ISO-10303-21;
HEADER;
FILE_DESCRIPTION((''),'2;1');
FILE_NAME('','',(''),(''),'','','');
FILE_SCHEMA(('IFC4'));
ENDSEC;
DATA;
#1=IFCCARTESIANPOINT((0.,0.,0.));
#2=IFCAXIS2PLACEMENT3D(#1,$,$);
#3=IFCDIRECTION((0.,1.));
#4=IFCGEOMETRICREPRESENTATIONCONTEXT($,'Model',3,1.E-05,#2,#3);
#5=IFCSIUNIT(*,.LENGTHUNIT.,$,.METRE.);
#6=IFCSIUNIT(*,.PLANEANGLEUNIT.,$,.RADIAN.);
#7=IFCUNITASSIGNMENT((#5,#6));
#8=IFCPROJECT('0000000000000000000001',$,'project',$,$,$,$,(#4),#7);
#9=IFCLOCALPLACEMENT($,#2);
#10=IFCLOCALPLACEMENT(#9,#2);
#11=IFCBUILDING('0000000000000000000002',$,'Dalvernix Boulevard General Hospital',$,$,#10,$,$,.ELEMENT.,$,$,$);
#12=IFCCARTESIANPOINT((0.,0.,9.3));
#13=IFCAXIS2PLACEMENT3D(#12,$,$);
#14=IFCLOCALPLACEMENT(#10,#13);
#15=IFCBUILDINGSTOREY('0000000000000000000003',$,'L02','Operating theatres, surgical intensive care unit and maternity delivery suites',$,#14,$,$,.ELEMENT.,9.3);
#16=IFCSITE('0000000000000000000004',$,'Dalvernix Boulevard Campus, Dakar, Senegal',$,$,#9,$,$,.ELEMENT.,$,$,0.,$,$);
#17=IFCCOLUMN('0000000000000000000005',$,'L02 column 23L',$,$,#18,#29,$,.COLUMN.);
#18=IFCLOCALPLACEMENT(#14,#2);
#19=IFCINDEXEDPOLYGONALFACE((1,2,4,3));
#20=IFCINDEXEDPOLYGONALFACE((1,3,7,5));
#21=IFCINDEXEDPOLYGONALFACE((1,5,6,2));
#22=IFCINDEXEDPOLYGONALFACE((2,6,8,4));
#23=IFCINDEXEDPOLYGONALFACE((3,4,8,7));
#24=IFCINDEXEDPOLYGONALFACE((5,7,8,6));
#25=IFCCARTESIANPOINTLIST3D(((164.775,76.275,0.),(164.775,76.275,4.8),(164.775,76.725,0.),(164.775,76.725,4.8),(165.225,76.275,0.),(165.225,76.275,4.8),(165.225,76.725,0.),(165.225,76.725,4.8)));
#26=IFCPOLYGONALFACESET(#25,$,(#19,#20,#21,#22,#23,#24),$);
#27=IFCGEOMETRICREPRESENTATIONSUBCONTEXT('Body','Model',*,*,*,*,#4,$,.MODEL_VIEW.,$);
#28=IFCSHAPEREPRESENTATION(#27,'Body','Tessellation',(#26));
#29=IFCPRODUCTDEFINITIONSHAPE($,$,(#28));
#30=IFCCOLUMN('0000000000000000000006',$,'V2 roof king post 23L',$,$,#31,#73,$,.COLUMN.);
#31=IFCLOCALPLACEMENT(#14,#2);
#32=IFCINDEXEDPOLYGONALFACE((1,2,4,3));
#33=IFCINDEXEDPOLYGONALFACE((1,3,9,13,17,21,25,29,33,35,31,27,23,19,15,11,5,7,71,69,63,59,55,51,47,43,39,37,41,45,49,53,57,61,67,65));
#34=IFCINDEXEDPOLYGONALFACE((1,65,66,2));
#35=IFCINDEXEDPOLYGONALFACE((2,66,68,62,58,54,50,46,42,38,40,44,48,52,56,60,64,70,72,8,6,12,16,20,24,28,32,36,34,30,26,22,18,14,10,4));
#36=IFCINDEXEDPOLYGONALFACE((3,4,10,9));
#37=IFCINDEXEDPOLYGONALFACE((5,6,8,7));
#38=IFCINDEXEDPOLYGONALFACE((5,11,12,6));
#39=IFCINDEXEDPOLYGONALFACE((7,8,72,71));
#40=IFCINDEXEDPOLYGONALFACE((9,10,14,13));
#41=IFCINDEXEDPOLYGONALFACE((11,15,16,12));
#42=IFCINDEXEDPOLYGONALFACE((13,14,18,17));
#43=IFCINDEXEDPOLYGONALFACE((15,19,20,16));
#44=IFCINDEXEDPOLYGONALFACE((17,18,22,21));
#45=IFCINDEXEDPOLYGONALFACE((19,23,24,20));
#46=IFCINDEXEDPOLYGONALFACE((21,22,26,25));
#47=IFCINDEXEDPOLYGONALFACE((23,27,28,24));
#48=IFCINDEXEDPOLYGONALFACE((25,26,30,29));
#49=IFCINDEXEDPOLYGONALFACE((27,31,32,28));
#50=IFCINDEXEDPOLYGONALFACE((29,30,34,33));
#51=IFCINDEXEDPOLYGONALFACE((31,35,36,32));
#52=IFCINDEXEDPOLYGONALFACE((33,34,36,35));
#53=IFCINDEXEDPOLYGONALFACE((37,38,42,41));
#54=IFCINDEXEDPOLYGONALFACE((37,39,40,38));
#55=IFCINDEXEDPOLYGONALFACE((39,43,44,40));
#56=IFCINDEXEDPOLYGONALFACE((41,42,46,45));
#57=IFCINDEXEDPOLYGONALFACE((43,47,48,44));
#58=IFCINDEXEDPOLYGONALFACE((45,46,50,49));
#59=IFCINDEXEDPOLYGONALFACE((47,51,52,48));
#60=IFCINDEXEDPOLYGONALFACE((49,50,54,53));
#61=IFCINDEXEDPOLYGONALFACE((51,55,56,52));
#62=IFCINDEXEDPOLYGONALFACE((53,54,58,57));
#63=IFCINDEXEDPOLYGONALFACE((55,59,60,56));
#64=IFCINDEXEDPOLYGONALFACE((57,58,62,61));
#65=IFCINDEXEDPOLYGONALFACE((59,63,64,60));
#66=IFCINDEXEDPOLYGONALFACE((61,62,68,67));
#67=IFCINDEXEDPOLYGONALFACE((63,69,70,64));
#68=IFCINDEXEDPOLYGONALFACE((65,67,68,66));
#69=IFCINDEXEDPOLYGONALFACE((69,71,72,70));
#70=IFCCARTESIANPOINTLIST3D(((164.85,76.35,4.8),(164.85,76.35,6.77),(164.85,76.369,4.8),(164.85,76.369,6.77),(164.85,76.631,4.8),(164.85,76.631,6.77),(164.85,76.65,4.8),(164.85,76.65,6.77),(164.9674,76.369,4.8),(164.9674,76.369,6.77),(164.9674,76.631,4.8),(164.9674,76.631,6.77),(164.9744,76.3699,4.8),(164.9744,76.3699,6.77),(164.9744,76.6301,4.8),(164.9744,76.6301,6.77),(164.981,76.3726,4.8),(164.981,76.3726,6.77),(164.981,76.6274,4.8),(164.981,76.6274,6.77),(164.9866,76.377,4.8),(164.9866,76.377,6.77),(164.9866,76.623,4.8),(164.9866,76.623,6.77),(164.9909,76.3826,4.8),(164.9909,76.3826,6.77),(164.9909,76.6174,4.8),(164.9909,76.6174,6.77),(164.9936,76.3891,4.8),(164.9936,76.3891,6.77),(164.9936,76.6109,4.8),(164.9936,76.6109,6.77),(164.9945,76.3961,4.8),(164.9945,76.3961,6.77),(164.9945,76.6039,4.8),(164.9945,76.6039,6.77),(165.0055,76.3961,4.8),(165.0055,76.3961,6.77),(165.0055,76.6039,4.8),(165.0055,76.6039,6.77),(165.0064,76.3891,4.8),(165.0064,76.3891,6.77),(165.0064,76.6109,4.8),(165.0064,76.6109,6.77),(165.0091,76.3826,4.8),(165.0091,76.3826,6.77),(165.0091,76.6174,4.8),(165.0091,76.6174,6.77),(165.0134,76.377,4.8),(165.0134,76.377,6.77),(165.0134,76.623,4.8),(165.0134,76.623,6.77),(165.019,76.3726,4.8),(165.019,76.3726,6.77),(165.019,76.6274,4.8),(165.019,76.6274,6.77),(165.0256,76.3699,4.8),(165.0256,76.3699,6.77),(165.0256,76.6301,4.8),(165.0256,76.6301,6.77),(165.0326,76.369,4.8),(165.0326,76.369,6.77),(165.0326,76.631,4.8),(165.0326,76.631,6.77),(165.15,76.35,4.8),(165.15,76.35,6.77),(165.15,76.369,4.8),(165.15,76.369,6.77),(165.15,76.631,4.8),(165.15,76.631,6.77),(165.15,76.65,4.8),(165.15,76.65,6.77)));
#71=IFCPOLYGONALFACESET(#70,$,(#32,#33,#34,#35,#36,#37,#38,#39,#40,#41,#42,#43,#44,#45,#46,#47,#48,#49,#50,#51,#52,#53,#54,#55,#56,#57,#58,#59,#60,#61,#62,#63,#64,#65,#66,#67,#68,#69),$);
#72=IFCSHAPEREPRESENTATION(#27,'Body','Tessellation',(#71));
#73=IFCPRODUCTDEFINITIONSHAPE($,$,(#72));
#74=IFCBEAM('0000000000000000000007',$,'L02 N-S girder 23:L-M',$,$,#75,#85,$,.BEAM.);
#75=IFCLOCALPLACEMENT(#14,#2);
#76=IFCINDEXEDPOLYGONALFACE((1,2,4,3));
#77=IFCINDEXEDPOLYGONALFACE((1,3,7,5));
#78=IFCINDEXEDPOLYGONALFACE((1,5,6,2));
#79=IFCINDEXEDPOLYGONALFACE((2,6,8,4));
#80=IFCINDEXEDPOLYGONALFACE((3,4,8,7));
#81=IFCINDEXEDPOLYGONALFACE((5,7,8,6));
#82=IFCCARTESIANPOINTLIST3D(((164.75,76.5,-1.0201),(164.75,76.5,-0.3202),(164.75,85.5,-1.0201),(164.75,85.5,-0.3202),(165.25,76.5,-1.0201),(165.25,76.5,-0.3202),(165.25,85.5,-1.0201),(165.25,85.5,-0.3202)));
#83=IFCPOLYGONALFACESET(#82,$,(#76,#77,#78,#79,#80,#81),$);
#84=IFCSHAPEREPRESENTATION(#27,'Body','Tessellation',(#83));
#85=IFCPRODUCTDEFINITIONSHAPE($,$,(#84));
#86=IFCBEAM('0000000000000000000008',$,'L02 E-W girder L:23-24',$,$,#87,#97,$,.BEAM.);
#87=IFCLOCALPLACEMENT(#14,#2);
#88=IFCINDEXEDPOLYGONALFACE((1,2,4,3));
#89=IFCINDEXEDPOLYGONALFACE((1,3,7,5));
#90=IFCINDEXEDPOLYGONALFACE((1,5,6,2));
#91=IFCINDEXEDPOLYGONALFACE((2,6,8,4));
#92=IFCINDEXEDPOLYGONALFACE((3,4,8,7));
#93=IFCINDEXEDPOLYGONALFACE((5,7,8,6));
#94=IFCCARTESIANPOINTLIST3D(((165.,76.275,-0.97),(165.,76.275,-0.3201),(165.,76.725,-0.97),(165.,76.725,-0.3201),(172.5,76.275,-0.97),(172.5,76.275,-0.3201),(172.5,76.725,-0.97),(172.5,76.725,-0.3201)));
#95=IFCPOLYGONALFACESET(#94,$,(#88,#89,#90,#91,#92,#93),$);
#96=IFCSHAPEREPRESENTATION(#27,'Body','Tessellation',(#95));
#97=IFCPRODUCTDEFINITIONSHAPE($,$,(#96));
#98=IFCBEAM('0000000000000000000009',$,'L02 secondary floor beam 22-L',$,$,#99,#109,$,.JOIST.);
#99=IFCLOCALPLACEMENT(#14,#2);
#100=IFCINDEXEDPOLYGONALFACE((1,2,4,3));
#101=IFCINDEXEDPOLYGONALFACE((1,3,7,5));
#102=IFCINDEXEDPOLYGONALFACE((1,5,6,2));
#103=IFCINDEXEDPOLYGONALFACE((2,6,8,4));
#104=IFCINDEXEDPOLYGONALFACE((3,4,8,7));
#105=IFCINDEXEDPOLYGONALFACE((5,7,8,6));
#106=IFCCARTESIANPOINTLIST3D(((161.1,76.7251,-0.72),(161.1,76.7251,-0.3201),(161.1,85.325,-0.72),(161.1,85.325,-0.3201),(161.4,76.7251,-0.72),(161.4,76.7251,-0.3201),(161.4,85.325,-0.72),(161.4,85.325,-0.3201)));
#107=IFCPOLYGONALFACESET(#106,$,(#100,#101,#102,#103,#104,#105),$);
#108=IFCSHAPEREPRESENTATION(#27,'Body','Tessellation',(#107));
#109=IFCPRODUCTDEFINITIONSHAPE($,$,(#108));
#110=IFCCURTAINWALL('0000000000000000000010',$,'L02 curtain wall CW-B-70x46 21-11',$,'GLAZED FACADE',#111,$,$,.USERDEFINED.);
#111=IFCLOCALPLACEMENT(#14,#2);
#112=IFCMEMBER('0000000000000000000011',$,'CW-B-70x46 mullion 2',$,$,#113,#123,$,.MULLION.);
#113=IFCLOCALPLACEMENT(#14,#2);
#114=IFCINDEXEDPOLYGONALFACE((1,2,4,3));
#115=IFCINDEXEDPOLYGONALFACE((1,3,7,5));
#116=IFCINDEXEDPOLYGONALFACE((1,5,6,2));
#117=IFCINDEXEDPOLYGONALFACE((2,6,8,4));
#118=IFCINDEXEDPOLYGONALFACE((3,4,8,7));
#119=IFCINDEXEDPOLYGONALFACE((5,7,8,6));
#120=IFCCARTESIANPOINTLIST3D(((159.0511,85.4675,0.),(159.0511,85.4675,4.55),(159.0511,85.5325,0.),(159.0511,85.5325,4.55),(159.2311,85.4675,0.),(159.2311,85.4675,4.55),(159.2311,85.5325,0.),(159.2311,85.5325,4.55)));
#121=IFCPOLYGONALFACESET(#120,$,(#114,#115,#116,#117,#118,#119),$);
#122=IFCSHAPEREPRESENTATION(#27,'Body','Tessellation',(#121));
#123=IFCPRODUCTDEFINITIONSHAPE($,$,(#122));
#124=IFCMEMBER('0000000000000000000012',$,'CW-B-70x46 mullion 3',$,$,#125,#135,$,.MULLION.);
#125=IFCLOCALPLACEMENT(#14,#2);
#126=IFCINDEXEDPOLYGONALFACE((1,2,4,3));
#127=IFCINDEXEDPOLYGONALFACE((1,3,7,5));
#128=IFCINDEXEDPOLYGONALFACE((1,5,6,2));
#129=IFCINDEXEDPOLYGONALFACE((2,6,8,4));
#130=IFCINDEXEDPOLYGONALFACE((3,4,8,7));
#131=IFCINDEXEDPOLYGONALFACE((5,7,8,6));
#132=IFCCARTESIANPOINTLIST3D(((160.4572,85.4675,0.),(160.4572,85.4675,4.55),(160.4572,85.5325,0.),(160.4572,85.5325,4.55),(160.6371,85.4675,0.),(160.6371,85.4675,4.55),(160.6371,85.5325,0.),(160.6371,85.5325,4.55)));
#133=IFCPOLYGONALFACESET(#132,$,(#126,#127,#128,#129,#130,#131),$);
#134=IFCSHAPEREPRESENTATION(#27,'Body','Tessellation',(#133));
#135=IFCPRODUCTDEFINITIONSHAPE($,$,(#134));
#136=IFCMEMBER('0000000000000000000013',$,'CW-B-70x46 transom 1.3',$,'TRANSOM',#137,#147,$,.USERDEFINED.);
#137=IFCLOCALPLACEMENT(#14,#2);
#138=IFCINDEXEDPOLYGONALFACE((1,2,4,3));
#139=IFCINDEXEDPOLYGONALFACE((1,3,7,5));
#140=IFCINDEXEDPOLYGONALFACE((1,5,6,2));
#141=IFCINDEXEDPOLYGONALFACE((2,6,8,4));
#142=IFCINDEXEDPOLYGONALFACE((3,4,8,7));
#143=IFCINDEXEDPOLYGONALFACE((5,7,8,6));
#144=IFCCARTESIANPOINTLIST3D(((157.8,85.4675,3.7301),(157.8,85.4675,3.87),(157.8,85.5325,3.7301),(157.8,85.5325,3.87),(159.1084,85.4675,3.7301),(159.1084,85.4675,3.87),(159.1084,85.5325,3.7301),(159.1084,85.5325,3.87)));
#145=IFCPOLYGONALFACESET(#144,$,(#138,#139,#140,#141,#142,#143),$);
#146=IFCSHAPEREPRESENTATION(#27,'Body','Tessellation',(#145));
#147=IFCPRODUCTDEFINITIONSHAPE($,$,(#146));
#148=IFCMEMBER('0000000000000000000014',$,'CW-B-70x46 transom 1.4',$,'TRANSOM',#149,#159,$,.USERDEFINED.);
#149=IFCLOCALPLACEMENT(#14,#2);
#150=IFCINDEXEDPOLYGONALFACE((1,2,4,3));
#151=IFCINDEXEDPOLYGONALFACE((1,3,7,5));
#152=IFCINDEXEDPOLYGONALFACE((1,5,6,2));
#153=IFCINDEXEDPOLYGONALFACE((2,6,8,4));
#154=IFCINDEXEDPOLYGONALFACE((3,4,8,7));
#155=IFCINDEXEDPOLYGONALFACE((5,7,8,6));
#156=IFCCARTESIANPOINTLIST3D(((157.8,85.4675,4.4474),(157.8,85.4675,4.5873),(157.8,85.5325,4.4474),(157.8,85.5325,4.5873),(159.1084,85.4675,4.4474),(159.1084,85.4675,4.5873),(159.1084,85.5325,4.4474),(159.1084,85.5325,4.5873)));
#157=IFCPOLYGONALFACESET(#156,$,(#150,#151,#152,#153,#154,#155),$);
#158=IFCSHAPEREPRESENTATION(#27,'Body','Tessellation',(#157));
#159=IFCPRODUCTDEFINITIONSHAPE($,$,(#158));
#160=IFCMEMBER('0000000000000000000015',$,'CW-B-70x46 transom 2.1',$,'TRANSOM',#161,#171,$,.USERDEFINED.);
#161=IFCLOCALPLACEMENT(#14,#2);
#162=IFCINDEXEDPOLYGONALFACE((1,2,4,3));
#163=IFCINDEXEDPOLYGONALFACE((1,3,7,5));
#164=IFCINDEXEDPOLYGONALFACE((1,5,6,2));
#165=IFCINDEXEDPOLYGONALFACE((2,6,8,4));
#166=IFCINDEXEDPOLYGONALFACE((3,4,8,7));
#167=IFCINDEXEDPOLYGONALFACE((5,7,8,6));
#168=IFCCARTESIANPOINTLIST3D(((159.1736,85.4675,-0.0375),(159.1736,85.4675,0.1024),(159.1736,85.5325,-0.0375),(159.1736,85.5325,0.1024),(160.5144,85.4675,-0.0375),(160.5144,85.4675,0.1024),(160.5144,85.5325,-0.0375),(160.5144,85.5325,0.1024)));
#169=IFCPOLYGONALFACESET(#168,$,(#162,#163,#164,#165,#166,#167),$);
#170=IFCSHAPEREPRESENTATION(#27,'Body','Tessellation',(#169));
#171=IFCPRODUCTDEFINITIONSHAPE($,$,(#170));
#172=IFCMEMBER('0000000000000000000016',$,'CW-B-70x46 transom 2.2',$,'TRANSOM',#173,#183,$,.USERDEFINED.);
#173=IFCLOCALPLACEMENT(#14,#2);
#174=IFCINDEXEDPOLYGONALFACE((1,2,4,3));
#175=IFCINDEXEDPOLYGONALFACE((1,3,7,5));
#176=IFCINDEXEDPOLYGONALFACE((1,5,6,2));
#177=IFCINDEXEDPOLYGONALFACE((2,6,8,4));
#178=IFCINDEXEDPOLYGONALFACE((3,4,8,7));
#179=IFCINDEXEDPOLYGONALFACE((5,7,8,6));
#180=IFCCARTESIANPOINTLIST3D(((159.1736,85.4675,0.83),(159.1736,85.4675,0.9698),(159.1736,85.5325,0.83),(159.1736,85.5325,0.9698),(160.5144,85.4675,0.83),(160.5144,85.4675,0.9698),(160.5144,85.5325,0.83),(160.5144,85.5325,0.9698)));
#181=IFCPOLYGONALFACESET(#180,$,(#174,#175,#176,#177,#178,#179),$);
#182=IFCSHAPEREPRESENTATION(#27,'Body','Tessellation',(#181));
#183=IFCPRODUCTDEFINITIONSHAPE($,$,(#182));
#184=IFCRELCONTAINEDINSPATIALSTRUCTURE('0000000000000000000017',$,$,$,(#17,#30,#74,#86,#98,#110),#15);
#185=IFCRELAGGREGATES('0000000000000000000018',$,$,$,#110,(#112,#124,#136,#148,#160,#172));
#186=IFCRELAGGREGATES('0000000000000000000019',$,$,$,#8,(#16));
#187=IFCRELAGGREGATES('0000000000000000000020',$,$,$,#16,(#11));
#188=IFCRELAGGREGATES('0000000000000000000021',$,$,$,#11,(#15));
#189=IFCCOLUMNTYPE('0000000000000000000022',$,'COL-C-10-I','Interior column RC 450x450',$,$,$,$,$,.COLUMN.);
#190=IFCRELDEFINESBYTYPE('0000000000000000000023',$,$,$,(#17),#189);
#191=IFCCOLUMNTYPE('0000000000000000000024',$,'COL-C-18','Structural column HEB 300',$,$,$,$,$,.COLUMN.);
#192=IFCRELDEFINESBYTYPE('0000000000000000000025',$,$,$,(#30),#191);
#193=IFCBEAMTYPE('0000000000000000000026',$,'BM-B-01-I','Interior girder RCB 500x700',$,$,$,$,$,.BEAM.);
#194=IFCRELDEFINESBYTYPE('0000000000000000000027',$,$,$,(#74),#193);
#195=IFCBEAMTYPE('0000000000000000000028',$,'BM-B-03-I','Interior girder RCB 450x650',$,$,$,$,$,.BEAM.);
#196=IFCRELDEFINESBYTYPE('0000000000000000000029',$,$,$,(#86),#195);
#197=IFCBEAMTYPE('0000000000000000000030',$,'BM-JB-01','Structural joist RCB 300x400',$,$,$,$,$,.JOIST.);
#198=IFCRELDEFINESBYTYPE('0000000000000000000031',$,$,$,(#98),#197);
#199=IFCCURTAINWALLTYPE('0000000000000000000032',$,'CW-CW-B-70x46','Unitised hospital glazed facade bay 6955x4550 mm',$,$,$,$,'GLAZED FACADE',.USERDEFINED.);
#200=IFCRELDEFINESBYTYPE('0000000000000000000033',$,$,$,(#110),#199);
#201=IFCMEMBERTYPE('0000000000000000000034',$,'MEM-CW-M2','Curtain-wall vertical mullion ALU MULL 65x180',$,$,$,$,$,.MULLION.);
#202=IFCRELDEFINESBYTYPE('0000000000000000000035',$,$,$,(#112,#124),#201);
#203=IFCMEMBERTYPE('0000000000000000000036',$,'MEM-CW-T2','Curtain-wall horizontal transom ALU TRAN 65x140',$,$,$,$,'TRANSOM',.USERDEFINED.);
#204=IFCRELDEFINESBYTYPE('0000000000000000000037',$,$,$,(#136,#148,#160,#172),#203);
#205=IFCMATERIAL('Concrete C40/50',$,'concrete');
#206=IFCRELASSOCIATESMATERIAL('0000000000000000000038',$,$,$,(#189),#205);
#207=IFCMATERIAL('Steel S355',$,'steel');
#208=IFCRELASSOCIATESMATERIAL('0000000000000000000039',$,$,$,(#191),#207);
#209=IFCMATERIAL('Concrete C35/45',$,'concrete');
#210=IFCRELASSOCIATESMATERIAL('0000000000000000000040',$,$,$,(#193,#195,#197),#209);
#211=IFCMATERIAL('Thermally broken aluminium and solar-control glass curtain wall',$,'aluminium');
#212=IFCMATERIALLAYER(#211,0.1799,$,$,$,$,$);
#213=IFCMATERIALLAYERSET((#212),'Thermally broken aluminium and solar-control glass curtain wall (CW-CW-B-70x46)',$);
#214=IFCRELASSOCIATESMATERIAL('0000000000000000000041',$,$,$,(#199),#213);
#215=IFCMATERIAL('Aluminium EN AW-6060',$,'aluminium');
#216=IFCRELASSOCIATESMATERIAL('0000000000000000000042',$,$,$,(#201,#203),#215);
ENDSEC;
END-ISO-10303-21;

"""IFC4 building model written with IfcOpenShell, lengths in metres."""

from ifc_helpers import new_model, si_unit, direction, frame, origin, origin_2d, place, context, subcontext, project, spatial, rectangle, i_section, extrude, material, layer, layer_set, material_profile, profile_set, type_object, element, aggregate, save


model = new_model("IFC4")

# Units and contexts
model_context = context("Model", 3, precision=1e-05, world=origin(), true_north=direction((0.0, 1.0)))
body_context = subcontext(model_context, "Body", "Model", "MODEL_VIEW")
ifc_project = project(units=[si_unit("LENGTHUNIT", "METRE"), si_unit("PLANEANGLEUNIT", "RADIAN")], contexts=[model_context])

# Site, building, storey
site_placement = place(None, origin())
site = spatial("IfcSite", under=ifc_project, at=site_placement, Name="Dalvernix Boulevard Campus, Dakar, Senegal", CompositionType="ELEMENT", RefElevation=0.0)
building_placement = place(site_placement, origin())
building = spatial("IfcBuilding", under=site, at=building_placement, Name="Dalvernix Boulevard General Hospital", CompositionType="ELEMENT")
storey_placement = place(building_placement, frame((0.0, 0.0, 9.3)))
storey = spatial("IfcBuildingStorey", under=building, at=storey_placement, Name="L02", Description="Operating theatres, surgical intensive care unit and maternity delivery suites", CompositionType="ELEMENT", Elevation=9.3)

# Columns
ifc_material_1 = material(Name="Concrete C40/50", Category="concrete")
ifc_material_profile_1 = material_profile(ifc_material_1, rectangle(XDim=0.45, YDim=0.45, at=origin_2d()), Name="RC 450x450")
ifc_profile_set_1 = profile_set([ifc_material_profile_1], Name="Concrete C40/50")
column_type_1 = type_object("IfcColumnType", Name="COL-C-10-I", Description="Interior column RC 450x450", PredefinedType="COLUMN", material=ifc_profile_set_1)
column_1_placement = place(storey_placement, frame((165.0, 76.5, 0.0), z_axis=(0.0, 0.0, 1.0), x_axis=(1.0, 0.0, 0.0)))
element("IfcColumn", 1, at=column_1_placement, inside=storey, type_object=column_type_1, Name="L02 column 23L", PredefinedType="COLUMN", context=body_context, shape_type="SweptSolid", body=[
    extrude(rectangle(XDim=0.45, YDim=0.45, at=origin_2d()), origin(), (0.0, 0.0, 1.0), 4.8),
])
ifc_material_2 = material(Name="Steel S355", Category="steel")
ifc_material_profile_2 = material_profile(ifc_material_2, i_section(OverallWidth=0.3, OverallDepth=0.3, WebThickness=0.011, FlangeThickness=0.019, FilletRadius=0.0271, at=origin_2d()), Name="HEB 300")
ifc_profile_set_2 = profile_set([ifc_material_profile_2], Name="Steel S355")
column_type_2 = type_object("IfcColumnType", Name="COL-C-18", Description="Structural column HEB 300", PredefinedType="COLUMN", material=ifc_profile_set_2)
column_2_placement = place(storey_placement, frame((165.0, 76.5, 4.8), z_axis=(0.0, 0.0, 1.0), x_axis=(1.0, 0.0, 0.0)))
element("IfcColumn", 2, at=column_2_placement, inside=storey, type_object=column_type_2, Name="V2 roof king post 23L", PredefinedType="COLUMN", context=body_context, shape_type="SweptSolid", body=[
    extrude(i_section(OverallWidth=0.3, OverallDepth=0.3, WebThickness=0.011, FlangeThickness=0.019, FilletRadius=0.0271, at=origin_2d()), origin(), (0.0, 0.0, 1.0), 1.97),
])

# Beams
ifc_material_3 = material(Name="Concrete C35/45", Category="concrete")
ifc_material_profile_3 = material_profile(ifc_material_3, rectangle(XDim=0.5, YDim=0.7, at=origin_2d()), Name="RCB 500x700")
ifc_profile_set_3 = profile_set([ifc_material_profile_3], Name="Concrete C35/45")
beam_type_1 = type_object("IfcBeamType", Name="BM-B-01-I", Description="Interior girder RCB 500x700", PredefinedType="BEAM", material=ifc_profile_set_3)
beam_1_placement = place(storey_placement, frame((165.0, 76.5, -0.6702), z_axis=(0.0, 1.0, 0.0), x_axis=(-1.0, 0.0, 0.0)))
element("IfcBeam", 3, at=beam_1_placement, inside=storey, type_object=beam_type_1, Name="L02 N-S girder 23:L-M", PredefinedType="BEAM", context=body_context, shape_type="SweptSolid", body=[
    extrude(rectangle(XDim=0.5, YDim=0.7, at=origin_2d()), origin(), (0.0, 0.0, 1.0), 9.0),
])
ifc_material_profile_4 = material_profile(ifc_material_3, rectangle(XDim=0.45, YDim=0.6499, at=origin_2d()), Name="RCB 450x650")
ifc_profile_set_4 = profile_set([ifc_material_profile_4], Name="Concrete C35/45")
beam_type_2 = type_object("IfcBeamType", Name="BM-B-03-I", Description="Interior girder RCB 450x650", PredefinedType="BEAM", material=ifc_profile_set_4)
beam_2_placement = place(storey_placement, frame((165.0, 76.5, -0.645), z_axis=(1.0, 0.0, 0.0), x_axis=(0.0, 1.0, 0.0)))
element("IfcBeam", 4, at=beam_2_placement, inside=storey, type_object=beam_type_2, Name="L02 E-W girder L:23-24", PredefinedType="BEAM", context=body_context, shape_type="SweptSolid", body=[
    extrude(rectangle(XDim=0.45, YDim=0.6499, at=origin_2d()), origin(), (0.0, 0.0, 1.0), 7.5),
])
ifc_material_profile_5 = material_profile(ifc_material_3, rectangle(XDim=0.3, YDim=0.3999, at=origin_2d()), Name="RCB 300x400")
ifc_profile_set_5 = profile_set([ifc_material_profile_5], Name="Concrete C35/45")
beam_type_3 = type_object("IfcBeamType", Name="BM-JB-01", Description="Structural joist RCB 300x400", PredefinedType="JOIST", material=ifc_profile_set_5)
beam_3_placement = place(storey_placement, frame((161.25, 76.7251, -0.52), z_axis=(0.0, 1.0, 0.0), x_axis=(-1.0, 0.0, 0.0)))
element("IfcBeam", 5, at=beam_3_placement, inside=storey, type_object=beam_type_3, Name="L02 secondary floor beam 22-L", PredefinedType="JOIST", context=body_context, shape_type="SweptSolid", body=[
    extrude(rectangle(XDim=0.3, YDim=0.3999, at=origin_2d()), origin(), (0.0, 0.0, 1.0), 8.5999),
])

# Curtain wall, members
ifc_material_4 = material(Name="Thermally broken aluminium and solar-control glass curtain wall", Category="aluminium")
ifc_layer_1 = layer(ifc_material_4, 0.1799)
ifc_layer_set_1 = layer_set([ifc_layer_1], Name="Thermally broken aluminium and solar-control glass curtain wall (CW-CW-B-70x46)")
curtain_wall_type = type_object("IfcCurtainWallType", Name="CW-CW-B-70x46", Description="Unitised hospital glazed facade bay 6955x4550 mm", ElementType="GLAZED FACADE", PredefinedType="USERDEFINED", material=ifc_layer_set_1)
curtain_wall_placement = place(storey_placement, origin())
curtain_wall = element("IfcCurtainWall", 6, at=curtain_wall_placement, inside=storey, type_object=curtain_wall_type, Name="L02 curtain wall CW-B-70x46 21-11", ObjectType="GLAZED FACADE", PredefinedType="USERDEFINED")
ifc_material_5 = material(Name="Aluminium EN AW-6060", Category="aluminium")
ifc_material_profile_6 = material_profile(ifc_material_5, rectangle(XDim=0.0649, YDim=0.1799, at=origin_2d()), Name="ALU MULL 65x180")
ifc_profile_set_6 = profile_set([ifc_material_profile_6], Name="Aluminium EN AW-6060")
member_type_1 = type_object("IfcMemberType", Name="MEM-CW-M2", Description="Curtain-wall vertical mullion ALU MULL 65x180", PredefinedType="MULLION", material=ifc_profile_set_6)
member_1_placement = place(storey_placement, frame((159.1411, 85.5, 0.0), z_axis=(0.0, 0.0, 1.0), x_axis=(0.0, 1.0, 0.0)))
member_1 = element("IfcMember", 7, at=member_1_placement, type_object=member_type_1, Name="CW-B-70x46 mullion 2", PredefinedType="MULLION", context=body_context, shape_type="SweptSolid", body=[
    extrude(rectangle(XDim=0.0649, YDim=0.1799, at=origin_2d()), origin(), (0.0, 0.0, 1.0), 4.55),
])
member_2_placement = place(storey_placement, frame((160.5471, 85.5, 0.0), z_axis=(0.0, 0.0, 1.0), x_axis=(0.0, 1.0, 0.0)))
member_2 = element("IfcMember", 8, at=member_2_placement, type_object=member_type_1, Name="CW-B-70x46 mullion 3", PredefinedType="MULLION", context=body_context, shape_type="SweptSolid", body=[
    extrude(rectangle(XDim=0.0649, YDim=0.1799, at=origin_2d()), origin(), (0.0, 0.0, 1.0), 4.55),
])
ifc_material_profile_7 = material_profile(ifc_material_5, rectangle(XDim=0.0649, YDim=0.1399, at=origin_2d()), Name="ALU TRAN 65x140")
ifc_profile_set_7 = profile_set([ifc_material_profile_7], Name="Aluminium EN AW-6060")
member_type_2 = type_object("IfcMemberType", Name="MEM-CW-T2", Description="Curtain-wall horizontal transom ALU TRAN 65x140", ElementType="TRANSOM", PredefinedType="USERDEFINED", material=ifc_profile_set_7)
member_3_placement = place(storey_placement, frame((157.8, 85.5, 3.8), z_axis=(1.0, 0.0, 0.0), x_axis=(0.0, 1.0, 0.0)))
member_3 = element("IfcMember", 9, at=member_3_placement, type_object=member_type_2, Name="CW-B-70x46 transom 1.3", ObjectType="TRANSOM", PredefinedType="USERDEFINED", context=body_context, shape_type="SweptSolid", body=[
    extrude(rectangle(XDim=0.0649, YDim=0.1399, at=origin_2d()), origin(), (0.0, 0.0, 1.0), 1.3083),
])
member_4_placement = place(storey_placement, frame((157.8, 85.5, 4.5173), z_axis=(1.0, 0.0, 0.0), x_axis=(0.0, 1.0, 0.0)))
member_4 = element("IfcMember", 10, at=member_4_placement, type_object=member_type_2, Name="CW-B-70x46 transom 1.4", ObjectType="TRANSOM", PredefinedType="USERDEFINED", context=body_context, shape_type="SweptSolid", body=[
    extrude(rectangle(XDim=0.0649, YDim=0.1399, at=origin_2d()), origin(), (0.0, 0.0, 1.0), 1.3083),
])
member_5_placement = place(storey_placement, frame((159.1736, 85.5, 0.0325), z_axis=(1.0, 0.0, 0.0), x_axis=(0.0, 1.0, 0.0)))
member_5 = element("IfcMember", 11, at=member_5_placement, type_object=member_type_2, Name="CW-B-70x46 transom 2.1", ObjectType="TRANSOM", PredefinedType="USERDEFINED", context=body_context, shape_type="SweptSolid", body=[
    extrude(rectangle(XDim=0.0649, YDim=0.1399, at=origin_2d()), origin(), (0.0, 0.0, 1.0), 1.3408),
])
member_6_placement = place(storey_placement, frame((159.1736, 85.5, 0.8999), z_axis=(1.0, 0.0, 0.0), x_axis=(0.0, 1.0, 0.0)))
member_6 = element("IfcMember", 12, at=member_6_placement, type_object=member_type_2, Name="CW-B-70x46 transom 2.2", ObjectType="TRANSOM", PredefinedType="USERDEFINED", context=body_context, shape_type="SweptSolid", body=[
    extrude(rectangle(XDim=0.0649, YDim=0.1399, at=origin_2d()), origin(), (0.0, 0.0, 1.0), 1.3408),
])
aggregate(curtain_wall, [member_1, member_2, member_3, member_4, member_5, member_6])

save(model, "model.ifc")
